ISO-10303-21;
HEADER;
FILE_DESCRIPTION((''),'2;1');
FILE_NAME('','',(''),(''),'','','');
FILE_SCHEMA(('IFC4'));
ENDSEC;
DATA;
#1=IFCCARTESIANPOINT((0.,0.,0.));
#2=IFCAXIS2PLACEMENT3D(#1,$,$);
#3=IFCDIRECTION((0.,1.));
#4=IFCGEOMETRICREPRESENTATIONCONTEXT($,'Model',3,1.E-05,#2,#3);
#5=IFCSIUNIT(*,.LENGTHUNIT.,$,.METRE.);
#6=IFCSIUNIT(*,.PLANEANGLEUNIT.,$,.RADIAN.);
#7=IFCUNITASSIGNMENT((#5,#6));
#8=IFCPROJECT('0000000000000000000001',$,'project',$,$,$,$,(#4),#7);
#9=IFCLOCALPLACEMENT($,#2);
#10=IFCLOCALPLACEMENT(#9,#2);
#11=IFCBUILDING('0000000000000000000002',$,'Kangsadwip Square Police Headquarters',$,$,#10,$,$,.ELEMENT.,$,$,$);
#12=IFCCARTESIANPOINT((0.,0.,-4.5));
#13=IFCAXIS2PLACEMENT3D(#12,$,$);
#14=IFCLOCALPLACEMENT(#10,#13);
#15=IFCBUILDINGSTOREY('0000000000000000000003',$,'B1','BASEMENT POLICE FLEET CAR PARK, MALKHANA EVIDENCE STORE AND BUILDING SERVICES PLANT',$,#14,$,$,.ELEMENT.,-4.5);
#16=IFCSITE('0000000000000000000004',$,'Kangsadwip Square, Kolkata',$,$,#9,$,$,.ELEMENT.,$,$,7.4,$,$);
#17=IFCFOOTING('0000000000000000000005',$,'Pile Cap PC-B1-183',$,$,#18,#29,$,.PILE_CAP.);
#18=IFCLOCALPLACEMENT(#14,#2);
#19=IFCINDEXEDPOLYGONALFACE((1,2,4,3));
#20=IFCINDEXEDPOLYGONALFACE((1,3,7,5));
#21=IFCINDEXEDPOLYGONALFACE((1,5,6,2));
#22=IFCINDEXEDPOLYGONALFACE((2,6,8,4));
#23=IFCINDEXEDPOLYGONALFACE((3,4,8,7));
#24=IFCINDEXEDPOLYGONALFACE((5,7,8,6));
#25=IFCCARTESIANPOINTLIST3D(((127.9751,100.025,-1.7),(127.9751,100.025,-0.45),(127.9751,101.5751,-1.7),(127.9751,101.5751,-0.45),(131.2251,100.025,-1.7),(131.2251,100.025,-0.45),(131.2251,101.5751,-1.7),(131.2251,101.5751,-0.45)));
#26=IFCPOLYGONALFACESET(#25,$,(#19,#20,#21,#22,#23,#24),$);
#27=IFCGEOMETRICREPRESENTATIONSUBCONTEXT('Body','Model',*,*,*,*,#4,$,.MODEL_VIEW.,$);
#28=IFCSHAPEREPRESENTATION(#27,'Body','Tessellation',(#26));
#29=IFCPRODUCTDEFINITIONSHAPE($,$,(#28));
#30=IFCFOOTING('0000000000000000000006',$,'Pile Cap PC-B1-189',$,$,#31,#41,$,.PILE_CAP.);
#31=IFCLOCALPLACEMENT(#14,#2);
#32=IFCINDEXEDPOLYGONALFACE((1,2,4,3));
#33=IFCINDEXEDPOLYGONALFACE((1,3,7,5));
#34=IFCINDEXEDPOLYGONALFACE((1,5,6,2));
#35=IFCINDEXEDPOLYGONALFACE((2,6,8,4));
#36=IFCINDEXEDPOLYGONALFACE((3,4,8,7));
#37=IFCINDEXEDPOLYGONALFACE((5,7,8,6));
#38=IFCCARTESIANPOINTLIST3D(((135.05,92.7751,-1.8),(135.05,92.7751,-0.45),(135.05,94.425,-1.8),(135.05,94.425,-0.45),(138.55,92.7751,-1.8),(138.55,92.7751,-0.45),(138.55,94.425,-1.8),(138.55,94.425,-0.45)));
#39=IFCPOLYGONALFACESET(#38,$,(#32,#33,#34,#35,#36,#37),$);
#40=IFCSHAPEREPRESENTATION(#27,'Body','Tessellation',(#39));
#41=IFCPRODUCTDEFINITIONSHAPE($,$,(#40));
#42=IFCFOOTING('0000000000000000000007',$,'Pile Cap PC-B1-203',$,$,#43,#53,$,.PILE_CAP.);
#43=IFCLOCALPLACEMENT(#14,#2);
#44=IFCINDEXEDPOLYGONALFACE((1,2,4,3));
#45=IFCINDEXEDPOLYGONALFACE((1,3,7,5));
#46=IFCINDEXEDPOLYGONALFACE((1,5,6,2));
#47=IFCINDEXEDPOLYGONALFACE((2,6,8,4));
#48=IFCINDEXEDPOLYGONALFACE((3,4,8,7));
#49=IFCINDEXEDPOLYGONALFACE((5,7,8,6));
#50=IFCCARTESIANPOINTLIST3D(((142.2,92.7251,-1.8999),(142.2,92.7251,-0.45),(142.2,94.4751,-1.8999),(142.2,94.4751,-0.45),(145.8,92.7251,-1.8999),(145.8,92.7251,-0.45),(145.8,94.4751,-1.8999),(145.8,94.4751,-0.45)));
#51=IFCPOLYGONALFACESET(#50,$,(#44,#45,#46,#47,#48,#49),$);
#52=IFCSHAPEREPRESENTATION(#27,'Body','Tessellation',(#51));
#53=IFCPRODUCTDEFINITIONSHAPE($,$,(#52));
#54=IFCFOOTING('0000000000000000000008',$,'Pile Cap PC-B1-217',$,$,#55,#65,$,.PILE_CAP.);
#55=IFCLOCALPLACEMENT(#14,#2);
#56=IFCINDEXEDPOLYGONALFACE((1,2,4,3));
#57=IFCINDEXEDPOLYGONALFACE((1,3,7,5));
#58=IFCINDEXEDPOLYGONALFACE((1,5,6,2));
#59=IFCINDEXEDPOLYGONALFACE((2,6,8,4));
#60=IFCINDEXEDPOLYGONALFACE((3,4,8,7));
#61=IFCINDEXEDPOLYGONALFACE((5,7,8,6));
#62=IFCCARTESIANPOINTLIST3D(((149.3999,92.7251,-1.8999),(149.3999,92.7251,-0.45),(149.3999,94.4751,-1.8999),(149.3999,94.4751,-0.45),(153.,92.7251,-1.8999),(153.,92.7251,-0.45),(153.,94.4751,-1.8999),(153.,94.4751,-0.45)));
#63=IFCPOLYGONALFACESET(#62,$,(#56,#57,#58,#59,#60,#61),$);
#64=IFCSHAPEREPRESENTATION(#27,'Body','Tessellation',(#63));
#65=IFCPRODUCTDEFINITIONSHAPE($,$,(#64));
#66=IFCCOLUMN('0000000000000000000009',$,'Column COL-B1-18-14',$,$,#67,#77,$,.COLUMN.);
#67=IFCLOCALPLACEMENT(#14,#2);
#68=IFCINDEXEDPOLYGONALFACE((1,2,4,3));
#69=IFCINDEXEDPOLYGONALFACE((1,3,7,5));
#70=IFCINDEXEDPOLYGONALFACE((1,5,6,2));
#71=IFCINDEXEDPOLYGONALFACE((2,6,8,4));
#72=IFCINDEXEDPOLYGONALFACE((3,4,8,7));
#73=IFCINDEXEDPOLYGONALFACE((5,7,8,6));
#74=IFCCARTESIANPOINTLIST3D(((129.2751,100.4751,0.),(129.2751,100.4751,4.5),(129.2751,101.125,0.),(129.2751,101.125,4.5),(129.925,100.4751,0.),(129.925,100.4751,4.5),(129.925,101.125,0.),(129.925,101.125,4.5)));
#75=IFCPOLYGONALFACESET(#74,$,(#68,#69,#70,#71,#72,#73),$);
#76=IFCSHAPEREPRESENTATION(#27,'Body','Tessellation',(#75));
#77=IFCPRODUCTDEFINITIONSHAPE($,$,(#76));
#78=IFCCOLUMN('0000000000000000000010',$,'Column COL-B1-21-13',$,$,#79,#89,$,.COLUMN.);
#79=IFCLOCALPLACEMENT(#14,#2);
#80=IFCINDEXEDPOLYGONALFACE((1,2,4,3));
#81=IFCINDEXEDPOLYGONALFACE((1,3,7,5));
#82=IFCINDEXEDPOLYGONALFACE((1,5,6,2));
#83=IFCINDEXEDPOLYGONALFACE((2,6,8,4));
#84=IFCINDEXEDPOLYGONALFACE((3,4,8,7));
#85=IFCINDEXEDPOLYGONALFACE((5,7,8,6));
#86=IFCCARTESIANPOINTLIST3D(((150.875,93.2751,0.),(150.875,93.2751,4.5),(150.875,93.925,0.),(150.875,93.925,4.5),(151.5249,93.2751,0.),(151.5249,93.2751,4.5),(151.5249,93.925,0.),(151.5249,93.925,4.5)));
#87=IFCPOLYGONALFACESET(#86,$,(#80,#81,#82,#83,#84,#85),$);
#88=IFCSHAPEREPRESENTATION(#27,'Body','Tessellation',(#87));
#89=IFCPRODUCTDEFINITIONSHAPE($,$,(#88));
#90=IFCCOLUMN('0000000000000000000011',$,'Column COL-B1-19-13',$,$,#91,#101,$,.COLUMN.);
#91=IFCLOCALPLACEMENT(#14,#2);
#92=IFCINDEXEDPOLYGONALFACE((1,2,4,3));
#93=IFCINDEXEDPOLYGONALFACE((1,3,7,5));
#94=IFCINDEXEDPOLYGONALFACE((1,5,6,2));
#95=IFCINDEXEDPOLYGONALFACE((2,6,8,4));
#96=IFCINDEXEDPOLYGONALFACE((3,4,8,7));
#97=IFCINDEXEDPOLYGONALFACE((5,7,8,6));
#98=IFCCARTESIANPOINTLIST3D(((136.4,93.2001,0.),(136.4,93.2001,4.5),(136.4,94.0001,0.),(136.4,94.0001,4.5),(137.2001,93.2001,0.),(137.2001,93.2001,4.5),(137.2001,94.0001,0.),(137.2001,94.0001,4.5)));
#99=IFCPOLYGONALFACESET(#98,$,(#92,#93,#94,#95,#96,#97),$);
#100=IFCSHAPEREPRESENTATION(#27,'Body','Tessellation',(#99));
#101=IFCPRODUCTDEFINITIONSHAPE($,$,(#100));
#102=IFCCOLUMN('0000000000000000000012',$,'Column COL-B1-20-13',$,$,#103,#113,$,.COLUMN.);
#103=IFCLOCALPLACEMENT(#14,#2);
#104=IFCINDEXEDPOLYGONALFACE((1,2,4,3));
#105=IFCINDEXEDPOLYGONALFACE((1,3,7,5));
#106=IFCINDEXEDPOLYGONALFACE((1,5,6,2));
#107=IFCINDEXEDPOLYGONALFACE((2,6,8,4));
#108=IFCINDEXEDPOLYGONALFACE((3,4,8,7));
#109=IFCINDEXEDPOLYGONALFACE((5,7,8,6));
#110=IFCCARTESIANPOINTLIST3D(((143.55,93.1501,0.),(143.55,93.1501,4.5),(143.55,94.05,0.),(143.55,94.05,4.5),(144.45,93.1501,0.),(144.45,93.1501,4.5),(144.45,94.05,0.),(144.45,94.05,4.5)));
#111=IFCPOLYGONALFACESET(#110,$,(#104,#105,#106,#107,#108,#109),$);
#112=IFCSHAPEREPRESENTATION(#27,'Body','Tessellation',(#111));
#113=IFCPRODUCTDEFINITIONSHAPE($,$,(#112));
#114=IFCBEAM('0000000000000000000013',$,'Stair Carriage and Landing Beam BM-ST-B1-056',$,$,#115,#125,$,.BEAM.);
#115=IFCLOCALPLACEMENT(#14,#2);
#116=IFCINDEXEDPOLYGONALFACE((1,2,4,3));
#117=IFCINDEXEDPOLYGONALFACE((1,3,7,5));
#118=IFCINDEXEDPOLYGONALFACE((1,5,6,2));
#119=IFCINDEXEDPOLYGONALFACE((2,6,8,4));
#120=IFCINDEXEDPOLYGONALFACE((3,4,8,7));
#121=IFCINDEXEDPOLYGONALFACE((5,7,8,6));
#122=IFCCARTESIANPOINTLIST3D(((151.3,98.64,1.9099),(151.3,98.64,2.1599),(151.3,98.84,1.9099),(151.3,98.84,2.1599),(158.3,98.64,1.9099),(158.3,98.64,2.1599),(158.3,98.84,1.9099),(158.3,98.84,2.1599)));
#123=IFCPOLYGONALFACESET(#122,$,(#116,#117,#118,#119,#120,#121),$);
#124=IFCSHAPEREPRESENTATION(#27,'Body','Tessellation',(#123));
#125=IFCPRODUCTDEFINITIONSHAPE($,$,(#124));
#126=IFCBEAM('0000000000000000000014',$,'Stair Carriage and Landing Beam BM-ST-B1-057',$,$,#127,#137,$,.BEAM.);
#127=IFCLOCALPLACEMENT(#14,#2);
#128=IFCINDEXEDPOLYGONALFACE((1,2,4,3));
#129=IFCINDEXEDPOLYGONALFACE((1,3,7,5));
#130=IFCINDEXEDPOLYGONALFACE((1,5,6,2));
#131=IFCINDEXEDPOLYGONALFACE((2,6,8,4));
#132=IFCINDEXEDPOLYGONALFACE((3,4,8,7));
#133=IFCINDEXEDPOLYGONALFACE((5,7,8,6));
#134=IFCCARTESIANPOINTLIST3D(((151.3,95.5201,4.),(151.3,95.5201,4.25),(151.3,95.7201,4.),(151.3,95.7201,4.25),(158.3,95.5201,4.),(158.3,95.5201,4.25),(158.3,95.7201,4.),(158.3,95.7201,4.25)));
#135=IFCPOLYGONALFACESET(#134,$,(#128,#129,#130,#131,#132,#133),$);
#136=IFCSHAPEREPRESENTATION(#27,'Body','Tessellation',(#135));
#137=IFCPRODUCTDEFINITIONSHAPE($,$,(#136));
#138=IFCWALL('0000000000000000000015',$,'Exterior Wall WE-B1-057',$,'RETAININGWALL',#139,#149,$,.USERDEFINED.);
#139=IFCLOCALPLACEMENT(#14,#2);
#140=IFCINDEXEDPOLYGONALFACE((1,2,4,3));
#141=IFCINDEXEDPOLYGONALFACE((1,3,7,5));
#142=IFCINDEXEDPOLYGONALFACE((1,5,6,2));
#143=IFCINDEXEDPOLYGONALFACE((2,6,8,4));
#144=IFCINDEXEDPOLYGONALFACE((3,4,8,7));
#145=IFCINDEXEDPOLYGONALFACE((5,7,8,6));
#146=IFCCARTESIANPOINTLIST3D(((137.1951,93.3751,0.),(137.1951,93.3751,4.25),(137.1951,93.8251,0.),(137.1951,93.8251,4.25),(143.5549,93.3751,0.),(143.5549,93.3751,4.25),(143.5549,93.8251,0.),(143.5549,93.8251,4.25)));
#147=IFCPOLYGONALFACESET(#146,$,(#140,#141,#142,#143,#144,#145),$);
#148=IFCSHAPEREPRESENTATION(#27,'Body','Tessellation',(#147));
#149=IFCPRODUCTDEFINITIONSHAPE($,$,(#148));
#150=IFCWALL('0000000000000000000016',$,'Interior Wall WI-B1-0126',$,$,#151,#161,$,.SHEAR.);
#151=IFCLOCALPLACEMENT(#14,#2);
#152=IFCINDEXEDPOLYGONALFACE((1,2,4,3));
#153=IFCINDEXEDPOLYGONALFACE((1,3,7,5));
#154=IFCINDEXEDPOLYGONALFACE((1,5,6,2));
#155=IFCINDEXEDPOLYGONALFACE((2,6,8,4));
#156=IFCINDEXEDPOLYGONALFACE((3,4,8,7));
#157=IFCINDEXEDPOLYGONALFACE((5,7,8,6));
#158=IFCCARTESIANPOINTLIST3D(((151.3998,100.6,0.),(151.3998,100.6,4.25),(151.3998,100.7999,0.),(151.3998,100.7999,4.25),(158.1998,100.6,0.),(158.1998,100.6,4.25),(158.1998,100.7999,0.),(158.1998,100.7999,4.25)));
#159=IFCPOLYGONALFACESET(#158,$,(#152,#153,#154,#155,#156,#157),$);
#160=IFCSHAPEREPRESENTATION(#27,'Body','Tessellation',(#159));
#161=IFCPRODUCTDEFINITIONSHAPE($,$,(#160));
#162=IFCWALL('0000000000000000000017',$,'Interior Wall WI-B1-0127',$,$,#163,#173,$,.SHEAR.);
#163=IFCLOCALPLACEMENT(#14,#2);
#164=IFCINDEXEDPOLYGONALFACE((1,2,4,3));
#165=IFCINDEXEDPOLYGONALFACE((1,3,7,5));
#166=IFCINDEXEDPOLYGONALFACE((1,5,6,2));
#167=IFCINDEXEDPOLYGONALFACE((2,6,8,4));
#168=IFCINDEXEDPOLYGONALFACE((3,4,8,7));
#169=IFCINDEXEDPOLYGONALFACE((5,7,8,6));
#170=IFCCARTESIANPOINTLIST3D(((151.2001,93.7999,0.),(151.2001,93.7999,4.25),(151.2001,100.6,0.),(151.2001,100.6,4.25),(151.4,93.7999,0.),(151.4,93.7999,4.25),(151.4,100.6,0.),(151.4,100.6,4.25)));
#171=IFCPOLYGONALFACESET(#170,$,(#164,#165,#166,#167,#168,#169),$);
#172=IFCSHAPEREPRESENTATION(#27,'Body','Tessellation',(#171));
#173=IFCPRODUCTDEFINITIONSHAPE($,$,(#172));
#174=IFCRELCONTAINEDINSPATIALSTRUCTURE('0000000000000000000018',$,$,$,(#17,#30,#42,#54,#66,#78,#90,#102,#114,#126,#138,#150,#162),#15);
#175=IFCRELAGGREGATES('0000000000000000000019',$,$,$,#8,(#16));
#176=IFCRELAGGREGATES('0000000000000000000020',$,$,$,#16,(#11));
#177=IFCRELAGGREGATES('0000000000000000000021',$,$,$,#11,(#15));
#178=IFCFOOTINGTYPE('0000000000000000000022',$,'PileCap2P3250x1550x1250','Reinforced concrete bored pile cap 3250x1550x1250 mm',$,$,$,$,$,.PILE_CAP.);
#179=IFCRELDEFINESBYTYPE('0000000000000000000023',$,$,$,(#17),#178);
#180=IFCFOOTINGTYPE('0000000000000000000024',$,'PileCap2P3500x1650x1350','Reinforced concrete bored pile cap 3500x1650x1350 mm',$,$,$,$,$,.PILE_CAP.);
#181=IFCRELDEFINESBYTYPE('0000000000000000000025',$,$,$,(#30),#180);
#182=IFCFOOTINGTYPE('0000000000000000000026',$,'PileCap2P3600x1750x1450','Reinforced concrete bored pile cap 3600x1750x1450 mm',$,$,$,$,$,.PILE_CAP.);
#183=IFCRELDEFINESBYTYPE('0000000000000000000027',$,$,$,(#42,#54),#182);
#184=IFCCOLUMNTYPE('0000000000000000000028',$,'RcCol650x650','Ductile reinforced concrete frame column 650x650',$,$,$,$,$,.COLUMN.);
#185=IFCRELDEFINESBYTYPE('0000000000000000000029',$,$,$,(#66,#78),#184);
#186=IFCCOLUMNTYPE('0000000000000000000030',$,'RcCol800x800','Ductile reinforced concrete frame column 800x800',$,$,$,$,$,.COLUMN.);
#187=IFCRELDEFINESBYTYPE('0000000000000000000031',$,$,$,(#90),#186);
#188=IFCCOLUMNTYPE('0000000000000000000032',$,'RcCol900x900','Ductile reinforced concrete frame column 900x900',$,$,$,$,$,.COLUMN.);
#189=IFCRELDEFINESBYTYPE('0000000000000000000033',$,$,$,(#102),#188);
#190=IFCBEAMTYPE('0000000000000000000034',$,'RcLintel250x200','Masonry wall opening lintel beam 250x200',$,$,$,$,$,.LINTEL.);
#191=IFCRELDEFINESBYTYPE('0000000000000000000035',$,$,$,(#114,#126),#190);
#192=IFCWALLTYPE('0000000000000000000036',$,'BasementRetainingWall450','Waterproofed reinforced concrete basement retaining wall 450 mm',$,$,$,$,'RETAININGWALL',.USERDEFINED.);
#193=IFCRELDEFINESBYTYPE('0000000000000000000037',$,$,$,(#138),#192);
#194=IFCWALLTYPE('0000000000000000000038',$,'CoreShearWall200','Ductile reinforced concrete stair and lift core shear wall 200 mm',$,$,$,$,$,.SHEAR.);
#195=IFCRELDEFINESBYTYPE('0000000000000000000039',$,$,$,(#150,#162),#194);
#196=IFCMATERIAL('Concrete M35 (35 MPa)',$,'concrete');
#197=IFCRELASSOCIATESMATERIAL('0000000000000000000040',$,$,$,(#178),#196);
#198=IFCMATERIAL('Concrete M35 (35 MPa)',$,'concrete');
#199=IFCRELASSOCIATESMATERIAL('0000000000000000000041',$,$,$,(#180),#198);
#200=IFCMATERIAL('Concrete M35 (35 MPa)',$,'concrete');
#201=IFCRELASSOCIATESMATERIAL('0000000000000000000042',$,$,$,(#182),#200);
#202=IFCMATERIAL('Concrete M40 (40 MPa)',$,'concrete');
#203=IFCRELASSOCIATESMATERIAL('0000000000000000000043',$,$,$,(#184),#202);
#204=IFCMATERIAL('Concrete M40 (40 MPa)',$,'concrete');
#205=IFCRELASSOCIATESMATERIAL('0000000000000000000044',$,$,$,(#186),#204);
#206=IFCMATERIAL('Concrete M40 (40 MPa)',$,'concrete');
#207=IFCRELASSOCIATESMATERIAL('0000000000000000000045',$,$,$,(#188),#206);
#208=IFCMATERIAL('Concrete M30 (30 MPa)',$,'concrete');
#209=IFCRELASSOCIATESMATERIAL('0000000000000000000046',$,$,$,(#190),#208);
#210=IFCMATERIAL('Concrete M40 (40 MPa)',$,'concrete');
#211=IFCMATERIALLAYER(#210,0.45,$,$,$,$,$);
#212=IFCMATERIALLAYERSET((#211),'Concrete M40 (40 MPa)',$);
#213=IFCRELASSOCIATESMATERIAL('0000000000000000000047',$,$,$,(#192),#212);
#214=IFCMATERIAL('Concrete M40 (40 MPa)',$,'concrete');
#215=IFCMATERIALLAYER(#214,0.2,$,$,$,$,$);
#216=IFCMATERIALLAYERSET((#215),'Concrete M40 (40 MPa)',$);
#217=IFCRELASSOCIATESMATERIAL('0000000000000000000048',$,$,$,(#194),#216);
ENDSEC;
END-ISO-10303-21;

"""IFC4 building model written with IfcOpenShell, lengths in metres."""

from ifc_helpers import new_model, si_unit, direction, frame, frame_2d, origin, origin_2d, place, context, subcontext, project, spatial, rectangle, extrude, material, layer, layer_set, material_profile, profile_set, type_object, element, save


model = new_model("IFC4")

# Units and contexts
model_context = context("Model", 3, precision=1e-05, world=origin(), true_north=direction((0.0, 1.0)))
body_context = subcontext(model_context, "Body", "Model", "MODEL_VIEW")
ifc_project = project(units=[si_unit("LENGTHUNIT", "METRE"), si_unit("PLANEANGLEUNIT", "RADIAN")], contexts=[model_context])

# Site, building, storey
site_placement = place(None, origin())
site = spatial("IfcSite", under=ifc_project, at=site_placement, Name="Kangsadwip Square, Kolkata", CompositionType="ELEMENT", RefElevation=7.4)
building_placement = place(site_placement, origin())
building = spatial("IfcBuilding", under=site, at=building_placement, Name="Kangsadwip Square Police Headquarters", CompositionType="ELEMENT")
storey_placement = place(building_placement, frame((0.0, 0.0, -4.5)))
storey = spatial("IfcBuildingStorey", under=building, at=storey_placement, Name="B1", Description="BASEMENT POLICE FLEET CAR PARK, MALKHANA EVIDENCE STORE AND BUILDING SERVICES PLANT", CompositionType="ELEMENT", Elevation=-4.5)

# Footings
ifc_material_1 = material(Name="Concrete M35 (35 MPa)", Category="concrete")
footing_type_1 = type_object("IfcFootingType", Name="PileCap2P3250x1550x1250", Description="Reinforced concrete bored pile cap 3250x1550x1250 mm", PredefinedType="PILE_CAP", material=ifc_material_1)
footing_1_placement = place(storey_placement, frame((129.6001, 100.8, -1.7), z_axis=(0.0, 0.0, 1.0), x_axis=(1.0, 0.0, 0.0)))
element("IfcFooting", 1, at=footing_1_placement, inside=storey, type_object=footing_type_1, Name="Pile Cap PC-B1-183", PredefinedType="PILE_CAP", context=body_context, shape_type="SweptSolid", body=[
    extrude(rectangle(XDim=3.25, YDim=1.55, at=origin_2d()), origin(), (0.0, 0.0, 1.0), 1.25),
])
ifc_material_2 = material(Name="Concrete M35 (35 MPa)", Category="concrete")
footing_type_2 = type_object("IfcFootingType", Name="PileCap2P3500x1650x1350", Description="Reinforced concrete bored pile cap 3500x1650x1350 mm", PredefinedType="PILE_CAP", material=ifc_material_2)
footing_2_placement = place(storey_placement, frame((136.8, 93.6001, -1.8), z_axis=(0.0, 0.0, 1.0), x_axis=(1.0, 0.0, 0.0)))
element("IfcFooting", 2, at=footing_2_placement, inside=storey, type_object=footing_type_2, Name="Pile Cap PC-B1-189", PredefinedType="PILE_CAP", context=body_context, shape_type="SweptSolid", body=[
    extrude(rectangle(XDim=3.5, YDim=1.6499, at=origin_2d()), origin(), (0.0, 0.0, 1.0), 1.3501),
])
ifc_material_3 = material(Name="Concrete M35 (35 MPa)", Category="concrete")
footing_type_3 = type_object("IfcFootingType", Name="PileCap2P3600x1750x1450", Description="Reinforced concrete bored pile cap 3600x1750x1450 mm", PredefinedType="PILE_CAP", material=ifc_material_3)
for number, where, z_axis, x_axis, name in (
    (3, (144.0, 93.6001, -1.8999), (0.0, 0.0, 1.0), (1.0, 0.0, 0.0), "Pile Cap PC-B1-203"),
    (4, (151.2, 93.6001, -1.8999), (0.0, 0.0, 1.0), (1.0, 0.0, 0.0), "Pile Cap PC-B1-217"),
):
    element("IfcFooting", number, at=place(storey_placement, frame(where, z_axis=z_axis, x_axis=x_axis)), inside=storey, type_object=footing_type_3, Name=name, PredefinedType="PILE_CAP", context=body_context, shape_type="SweptSolid", body=[
        extrude(rectangle(XDim=3.6001, YDim=1.75, at=origin_2d()), origin(), (0.0, 0.0, 1.0), 1.45),
    ])

# Columns
ifc_material_4 = material(Name="Concrete M40 (40 MPa)", Category="concrete")
ifc_material_profile_1 = material_profile(ifc_material_4, rectangle(XDim=0.6499, YDim=0.6499, at=origin_2d()), Name="RC COL 650X650")
ifc_profile_set_1 = profile_set([ifc_material_profile_1], Name="Concrete M40 (40 MPa)")
column_type_1 = type_object("IfcColumnType", Name="RcCol650x650", Description="Ductile reinforced concrete frame column 650x650", PredefinedType="COLUMN", material=ifc_profile_set_1)
for number, where, z_axis, x_axis, name in (
    (5, (129.6001, 100.8, 0.0), (0.0, 0.0, 1.0), (1.0, 0.0, 0.0), "Column COL-B1-18-14"),
    (6, (151.2, 93.6001, 0.0), (0.0, 0.0, 1.0), (1.0, 0.0, 0.0), "Column COL-B1-21-13"),
):
    element("IfcColumn", number, at=place(storey_placement, frame(where, z_axis=z_axis, x_axis=x_axis)), inside=storey, type_object=column_type_1, Name=name, PredefinedType="COLUMN", context=body_context, shape_type="SweptSolid", body=[
        extrude(rectangle(XDim=0.6499, YDim=0.6499, at=origin_2d()), origin(), (0.0, 0.0, 1.0), 4.5),
    ])
ifc_material_5 = material(Name="Concrete M40 (40 MPa)", Category="concrete")
ifc_material_profile_2 = material_profile(ifc_material_5, rectangle(XDim=0.8, YDim=0.8, at=origin_2d()), Name="RC COL 800X800")
ifc_profile_set_2 = profile_set([ifc_material_profile_2], Name="Concrete M40 (40 MPa)")
column_type_2 = type_object("IfcColumnType", Name="RcCol800x800", Description="Ductile reinforced concrete frame column 800x800", PredefinedType="COLUMN", material=ifc_profile_set_2)
column_1_placement = place(storey_placement, frame((136.8, 93.6001, 0.0), z_axis=(0.0, 0.0, 1.0), x_axis=(1.0, 0.0, 0.0)))
element("IfcColumn", 7, at=column_1_placement, inside=storey, type_object=column_type_2, Name="Column COL-B1-19-13", PredefinedType="COLUMN", context=body_context, shape_type="SweptSolid", body=[
    extrude(rectangle(XDim=0.8, YDim=0.8, at=origin_2d()), origin(), (0.0, 0.0, 1.0), 4.5),
])
ifc_material_6 = material(Name="Concrete M40 (40 MPa)", Category="concrete")
ifc_material_profile_3 = material_profile(ifc_material_6, rectangle(XDim=0.8999, YDim=0.8999, at=origin_2d()), Name="RC COL 900X900")
ifc_profile_set_3 = profile_set([ifc_material_profile_3], Name="Concrete M40 (40 MPa)")
column_type_3 = type_object("IfcColumnType", Name="RcCol900x900", Description="Ductile reinforced concrete frame column 900x900", PredefinedType="COLUMN", material=ifc_profile_set_3)
column_2_placement = place(storey_placement, frame((144.0, 93.6001, 0.0), z_axis=(0.0, 0.0, 1.0), x_axis=(1.0, 0.0, 0.0)))
element("IfcColumn", 8, at=column_2_placement, inside=storey, type_object=column_type_3, Name="Column COL-B1-20-13", PredefinedType="COLUMN", context=body_context, shape_type="SweptSolid", body=[
    extrude(rectangle(XDim=0.8999, YDim=0.8999, at=origin_2d()), origin(), (0.0, 0.0, 1.0), 4.5),
])

# Beams
ifc_material_7 = material(Name="Concrete M30 (30 MPa)", Category="concrete")
ifc_material_profile_4 = material_profile(ifc_material_7, rectangle(XDim=0.2, YDim=0.25, at=origin_2d()), Name="RC LNT 250X200")
ifc_profile_set_4 = profile_set([ifc_material_profile_4], Name="Concrete M30 (30 MPa)")
beam_type = type_object("IfcBeamType", Name="RcLintel250x200", Description="Masonry wall opening lintel beam 250x200", PredefinedType="LINTEL", material=ifc_profile_set_4)
for number, where, z_axis, x_axis, name in (
    (9, (151.3, 98.74, 2.0349), (1.0, 0.0, 0.0), (0.0, 1.0, 0.0), "Stair Carriage and Landing Beam BM-ST-B1-056"),
    (10, (151.3, 95.6201, 4.125), (1.0, 0.0, 0.0), (0.0, 1.0, 0.0), "Stair Carriage and Landing Beam BM-ST-B1-057"),
):
    element("IfcBeam", number, at=place(storey_placement, frame(where, z_axis=z_axis, x_axis=x_axis)), inside=storey, type_object=beam_type, Name=name, PredefinedType="BEAM", context=body_context, shape_type="SweptSolid", body=[
        extrude(rectangle(XDim=0.2, YDim=0.25, at=origin_2d()), origin(), (0.0, 0.0, 1.0), 7.0),
    ])

# Wall
ifc_material_8 = material(Name="Concrete M40 (40 MPa)", Category="concrete")
ifc_layer_1 = layer(ifc_material_8, 0.45)
ifc_layer_set_1 = layer_set([ifc_layer_1], Name="Concrete M40 (40 MPa)")
wall_type_1 = type_object("IfcWallType", Name="BasementRetainingWall450", Description="Waterproofed reinforced concrete basement retaining wall 450 mm", ElementType="RETAININGWALL", PredefinedType="USERDEFINED", material=ifc_layer_set_1)
wall_1_placement = place(storey_placement, frame((137.1951, 93.6001, 0.0), z_axis=(0.0, 0.0, 1.0), x_axis=(1.0, 0.0, 0.0)))
element("IfcWall", 11, at=wall_1_placement, inside=storey, type_object=wall_type_1, Name="Exterior Wall WE-B1-057", ObjectType="RETAININGWALL", PredefinedType="USERDEFINED", context=body_context, shape_type="SweptSolid", body=[
    extrude(rectangle(XDim=6.3599, YDim=0.45, at=frame_2d((3.1799, 0.0))), origin(), (0.0, 0.0, 1.0), 4.25),
])

# Shared definitions
ifc_material_9 = material(Name="Concrete M40 (40 MPa)", Category="concrete")
ifc_layer_2 = layer(ifc_material_9, 0.2)
ifc_layer_set_2 = layer_set([ifc_layer_2], Name="Concrete M40 (40 MPa)")
wall_type_2 = type_object("IfcWallType", Name="CoreShearWall200", Description="Ductile reinforced concrete stair and lift core shear wall 200 mm", PredefinedType="SHEAR", material=ifc_layer_set_2)

# Walls
for number, where, z_axis, x_axis, name in (
    (12, (151.3999, 100.7, 0.0), (0.0, 0.0, 1.0), (1.0, 0.0, 0.0), "Interior Wall WI-B1-0126"),
    (13, (151.3, 93.8, 0.0), (0.0, 0.0, 1.0), (0.0, 1.0, 0.0), "Interior Wall WI-B1-0127"),
):
    element("IfcWall", number, at=place(storey_placement, frame(where, z_axis=z_axis, x_axis=x_axis)), inside=storey, type_object=wall_type_2, Name=name, PredefinedType="SHEAR", context=body_context, shape_type="SweptSolid", body=[
        extrude(rectangle(XDim=6.8, YDim=0.2, at=frame_2d((3.3999, 0.0))), origin(), (0.0, 0.0, 1.0), 4.25),
    ])

save(model, "model.ifc")
